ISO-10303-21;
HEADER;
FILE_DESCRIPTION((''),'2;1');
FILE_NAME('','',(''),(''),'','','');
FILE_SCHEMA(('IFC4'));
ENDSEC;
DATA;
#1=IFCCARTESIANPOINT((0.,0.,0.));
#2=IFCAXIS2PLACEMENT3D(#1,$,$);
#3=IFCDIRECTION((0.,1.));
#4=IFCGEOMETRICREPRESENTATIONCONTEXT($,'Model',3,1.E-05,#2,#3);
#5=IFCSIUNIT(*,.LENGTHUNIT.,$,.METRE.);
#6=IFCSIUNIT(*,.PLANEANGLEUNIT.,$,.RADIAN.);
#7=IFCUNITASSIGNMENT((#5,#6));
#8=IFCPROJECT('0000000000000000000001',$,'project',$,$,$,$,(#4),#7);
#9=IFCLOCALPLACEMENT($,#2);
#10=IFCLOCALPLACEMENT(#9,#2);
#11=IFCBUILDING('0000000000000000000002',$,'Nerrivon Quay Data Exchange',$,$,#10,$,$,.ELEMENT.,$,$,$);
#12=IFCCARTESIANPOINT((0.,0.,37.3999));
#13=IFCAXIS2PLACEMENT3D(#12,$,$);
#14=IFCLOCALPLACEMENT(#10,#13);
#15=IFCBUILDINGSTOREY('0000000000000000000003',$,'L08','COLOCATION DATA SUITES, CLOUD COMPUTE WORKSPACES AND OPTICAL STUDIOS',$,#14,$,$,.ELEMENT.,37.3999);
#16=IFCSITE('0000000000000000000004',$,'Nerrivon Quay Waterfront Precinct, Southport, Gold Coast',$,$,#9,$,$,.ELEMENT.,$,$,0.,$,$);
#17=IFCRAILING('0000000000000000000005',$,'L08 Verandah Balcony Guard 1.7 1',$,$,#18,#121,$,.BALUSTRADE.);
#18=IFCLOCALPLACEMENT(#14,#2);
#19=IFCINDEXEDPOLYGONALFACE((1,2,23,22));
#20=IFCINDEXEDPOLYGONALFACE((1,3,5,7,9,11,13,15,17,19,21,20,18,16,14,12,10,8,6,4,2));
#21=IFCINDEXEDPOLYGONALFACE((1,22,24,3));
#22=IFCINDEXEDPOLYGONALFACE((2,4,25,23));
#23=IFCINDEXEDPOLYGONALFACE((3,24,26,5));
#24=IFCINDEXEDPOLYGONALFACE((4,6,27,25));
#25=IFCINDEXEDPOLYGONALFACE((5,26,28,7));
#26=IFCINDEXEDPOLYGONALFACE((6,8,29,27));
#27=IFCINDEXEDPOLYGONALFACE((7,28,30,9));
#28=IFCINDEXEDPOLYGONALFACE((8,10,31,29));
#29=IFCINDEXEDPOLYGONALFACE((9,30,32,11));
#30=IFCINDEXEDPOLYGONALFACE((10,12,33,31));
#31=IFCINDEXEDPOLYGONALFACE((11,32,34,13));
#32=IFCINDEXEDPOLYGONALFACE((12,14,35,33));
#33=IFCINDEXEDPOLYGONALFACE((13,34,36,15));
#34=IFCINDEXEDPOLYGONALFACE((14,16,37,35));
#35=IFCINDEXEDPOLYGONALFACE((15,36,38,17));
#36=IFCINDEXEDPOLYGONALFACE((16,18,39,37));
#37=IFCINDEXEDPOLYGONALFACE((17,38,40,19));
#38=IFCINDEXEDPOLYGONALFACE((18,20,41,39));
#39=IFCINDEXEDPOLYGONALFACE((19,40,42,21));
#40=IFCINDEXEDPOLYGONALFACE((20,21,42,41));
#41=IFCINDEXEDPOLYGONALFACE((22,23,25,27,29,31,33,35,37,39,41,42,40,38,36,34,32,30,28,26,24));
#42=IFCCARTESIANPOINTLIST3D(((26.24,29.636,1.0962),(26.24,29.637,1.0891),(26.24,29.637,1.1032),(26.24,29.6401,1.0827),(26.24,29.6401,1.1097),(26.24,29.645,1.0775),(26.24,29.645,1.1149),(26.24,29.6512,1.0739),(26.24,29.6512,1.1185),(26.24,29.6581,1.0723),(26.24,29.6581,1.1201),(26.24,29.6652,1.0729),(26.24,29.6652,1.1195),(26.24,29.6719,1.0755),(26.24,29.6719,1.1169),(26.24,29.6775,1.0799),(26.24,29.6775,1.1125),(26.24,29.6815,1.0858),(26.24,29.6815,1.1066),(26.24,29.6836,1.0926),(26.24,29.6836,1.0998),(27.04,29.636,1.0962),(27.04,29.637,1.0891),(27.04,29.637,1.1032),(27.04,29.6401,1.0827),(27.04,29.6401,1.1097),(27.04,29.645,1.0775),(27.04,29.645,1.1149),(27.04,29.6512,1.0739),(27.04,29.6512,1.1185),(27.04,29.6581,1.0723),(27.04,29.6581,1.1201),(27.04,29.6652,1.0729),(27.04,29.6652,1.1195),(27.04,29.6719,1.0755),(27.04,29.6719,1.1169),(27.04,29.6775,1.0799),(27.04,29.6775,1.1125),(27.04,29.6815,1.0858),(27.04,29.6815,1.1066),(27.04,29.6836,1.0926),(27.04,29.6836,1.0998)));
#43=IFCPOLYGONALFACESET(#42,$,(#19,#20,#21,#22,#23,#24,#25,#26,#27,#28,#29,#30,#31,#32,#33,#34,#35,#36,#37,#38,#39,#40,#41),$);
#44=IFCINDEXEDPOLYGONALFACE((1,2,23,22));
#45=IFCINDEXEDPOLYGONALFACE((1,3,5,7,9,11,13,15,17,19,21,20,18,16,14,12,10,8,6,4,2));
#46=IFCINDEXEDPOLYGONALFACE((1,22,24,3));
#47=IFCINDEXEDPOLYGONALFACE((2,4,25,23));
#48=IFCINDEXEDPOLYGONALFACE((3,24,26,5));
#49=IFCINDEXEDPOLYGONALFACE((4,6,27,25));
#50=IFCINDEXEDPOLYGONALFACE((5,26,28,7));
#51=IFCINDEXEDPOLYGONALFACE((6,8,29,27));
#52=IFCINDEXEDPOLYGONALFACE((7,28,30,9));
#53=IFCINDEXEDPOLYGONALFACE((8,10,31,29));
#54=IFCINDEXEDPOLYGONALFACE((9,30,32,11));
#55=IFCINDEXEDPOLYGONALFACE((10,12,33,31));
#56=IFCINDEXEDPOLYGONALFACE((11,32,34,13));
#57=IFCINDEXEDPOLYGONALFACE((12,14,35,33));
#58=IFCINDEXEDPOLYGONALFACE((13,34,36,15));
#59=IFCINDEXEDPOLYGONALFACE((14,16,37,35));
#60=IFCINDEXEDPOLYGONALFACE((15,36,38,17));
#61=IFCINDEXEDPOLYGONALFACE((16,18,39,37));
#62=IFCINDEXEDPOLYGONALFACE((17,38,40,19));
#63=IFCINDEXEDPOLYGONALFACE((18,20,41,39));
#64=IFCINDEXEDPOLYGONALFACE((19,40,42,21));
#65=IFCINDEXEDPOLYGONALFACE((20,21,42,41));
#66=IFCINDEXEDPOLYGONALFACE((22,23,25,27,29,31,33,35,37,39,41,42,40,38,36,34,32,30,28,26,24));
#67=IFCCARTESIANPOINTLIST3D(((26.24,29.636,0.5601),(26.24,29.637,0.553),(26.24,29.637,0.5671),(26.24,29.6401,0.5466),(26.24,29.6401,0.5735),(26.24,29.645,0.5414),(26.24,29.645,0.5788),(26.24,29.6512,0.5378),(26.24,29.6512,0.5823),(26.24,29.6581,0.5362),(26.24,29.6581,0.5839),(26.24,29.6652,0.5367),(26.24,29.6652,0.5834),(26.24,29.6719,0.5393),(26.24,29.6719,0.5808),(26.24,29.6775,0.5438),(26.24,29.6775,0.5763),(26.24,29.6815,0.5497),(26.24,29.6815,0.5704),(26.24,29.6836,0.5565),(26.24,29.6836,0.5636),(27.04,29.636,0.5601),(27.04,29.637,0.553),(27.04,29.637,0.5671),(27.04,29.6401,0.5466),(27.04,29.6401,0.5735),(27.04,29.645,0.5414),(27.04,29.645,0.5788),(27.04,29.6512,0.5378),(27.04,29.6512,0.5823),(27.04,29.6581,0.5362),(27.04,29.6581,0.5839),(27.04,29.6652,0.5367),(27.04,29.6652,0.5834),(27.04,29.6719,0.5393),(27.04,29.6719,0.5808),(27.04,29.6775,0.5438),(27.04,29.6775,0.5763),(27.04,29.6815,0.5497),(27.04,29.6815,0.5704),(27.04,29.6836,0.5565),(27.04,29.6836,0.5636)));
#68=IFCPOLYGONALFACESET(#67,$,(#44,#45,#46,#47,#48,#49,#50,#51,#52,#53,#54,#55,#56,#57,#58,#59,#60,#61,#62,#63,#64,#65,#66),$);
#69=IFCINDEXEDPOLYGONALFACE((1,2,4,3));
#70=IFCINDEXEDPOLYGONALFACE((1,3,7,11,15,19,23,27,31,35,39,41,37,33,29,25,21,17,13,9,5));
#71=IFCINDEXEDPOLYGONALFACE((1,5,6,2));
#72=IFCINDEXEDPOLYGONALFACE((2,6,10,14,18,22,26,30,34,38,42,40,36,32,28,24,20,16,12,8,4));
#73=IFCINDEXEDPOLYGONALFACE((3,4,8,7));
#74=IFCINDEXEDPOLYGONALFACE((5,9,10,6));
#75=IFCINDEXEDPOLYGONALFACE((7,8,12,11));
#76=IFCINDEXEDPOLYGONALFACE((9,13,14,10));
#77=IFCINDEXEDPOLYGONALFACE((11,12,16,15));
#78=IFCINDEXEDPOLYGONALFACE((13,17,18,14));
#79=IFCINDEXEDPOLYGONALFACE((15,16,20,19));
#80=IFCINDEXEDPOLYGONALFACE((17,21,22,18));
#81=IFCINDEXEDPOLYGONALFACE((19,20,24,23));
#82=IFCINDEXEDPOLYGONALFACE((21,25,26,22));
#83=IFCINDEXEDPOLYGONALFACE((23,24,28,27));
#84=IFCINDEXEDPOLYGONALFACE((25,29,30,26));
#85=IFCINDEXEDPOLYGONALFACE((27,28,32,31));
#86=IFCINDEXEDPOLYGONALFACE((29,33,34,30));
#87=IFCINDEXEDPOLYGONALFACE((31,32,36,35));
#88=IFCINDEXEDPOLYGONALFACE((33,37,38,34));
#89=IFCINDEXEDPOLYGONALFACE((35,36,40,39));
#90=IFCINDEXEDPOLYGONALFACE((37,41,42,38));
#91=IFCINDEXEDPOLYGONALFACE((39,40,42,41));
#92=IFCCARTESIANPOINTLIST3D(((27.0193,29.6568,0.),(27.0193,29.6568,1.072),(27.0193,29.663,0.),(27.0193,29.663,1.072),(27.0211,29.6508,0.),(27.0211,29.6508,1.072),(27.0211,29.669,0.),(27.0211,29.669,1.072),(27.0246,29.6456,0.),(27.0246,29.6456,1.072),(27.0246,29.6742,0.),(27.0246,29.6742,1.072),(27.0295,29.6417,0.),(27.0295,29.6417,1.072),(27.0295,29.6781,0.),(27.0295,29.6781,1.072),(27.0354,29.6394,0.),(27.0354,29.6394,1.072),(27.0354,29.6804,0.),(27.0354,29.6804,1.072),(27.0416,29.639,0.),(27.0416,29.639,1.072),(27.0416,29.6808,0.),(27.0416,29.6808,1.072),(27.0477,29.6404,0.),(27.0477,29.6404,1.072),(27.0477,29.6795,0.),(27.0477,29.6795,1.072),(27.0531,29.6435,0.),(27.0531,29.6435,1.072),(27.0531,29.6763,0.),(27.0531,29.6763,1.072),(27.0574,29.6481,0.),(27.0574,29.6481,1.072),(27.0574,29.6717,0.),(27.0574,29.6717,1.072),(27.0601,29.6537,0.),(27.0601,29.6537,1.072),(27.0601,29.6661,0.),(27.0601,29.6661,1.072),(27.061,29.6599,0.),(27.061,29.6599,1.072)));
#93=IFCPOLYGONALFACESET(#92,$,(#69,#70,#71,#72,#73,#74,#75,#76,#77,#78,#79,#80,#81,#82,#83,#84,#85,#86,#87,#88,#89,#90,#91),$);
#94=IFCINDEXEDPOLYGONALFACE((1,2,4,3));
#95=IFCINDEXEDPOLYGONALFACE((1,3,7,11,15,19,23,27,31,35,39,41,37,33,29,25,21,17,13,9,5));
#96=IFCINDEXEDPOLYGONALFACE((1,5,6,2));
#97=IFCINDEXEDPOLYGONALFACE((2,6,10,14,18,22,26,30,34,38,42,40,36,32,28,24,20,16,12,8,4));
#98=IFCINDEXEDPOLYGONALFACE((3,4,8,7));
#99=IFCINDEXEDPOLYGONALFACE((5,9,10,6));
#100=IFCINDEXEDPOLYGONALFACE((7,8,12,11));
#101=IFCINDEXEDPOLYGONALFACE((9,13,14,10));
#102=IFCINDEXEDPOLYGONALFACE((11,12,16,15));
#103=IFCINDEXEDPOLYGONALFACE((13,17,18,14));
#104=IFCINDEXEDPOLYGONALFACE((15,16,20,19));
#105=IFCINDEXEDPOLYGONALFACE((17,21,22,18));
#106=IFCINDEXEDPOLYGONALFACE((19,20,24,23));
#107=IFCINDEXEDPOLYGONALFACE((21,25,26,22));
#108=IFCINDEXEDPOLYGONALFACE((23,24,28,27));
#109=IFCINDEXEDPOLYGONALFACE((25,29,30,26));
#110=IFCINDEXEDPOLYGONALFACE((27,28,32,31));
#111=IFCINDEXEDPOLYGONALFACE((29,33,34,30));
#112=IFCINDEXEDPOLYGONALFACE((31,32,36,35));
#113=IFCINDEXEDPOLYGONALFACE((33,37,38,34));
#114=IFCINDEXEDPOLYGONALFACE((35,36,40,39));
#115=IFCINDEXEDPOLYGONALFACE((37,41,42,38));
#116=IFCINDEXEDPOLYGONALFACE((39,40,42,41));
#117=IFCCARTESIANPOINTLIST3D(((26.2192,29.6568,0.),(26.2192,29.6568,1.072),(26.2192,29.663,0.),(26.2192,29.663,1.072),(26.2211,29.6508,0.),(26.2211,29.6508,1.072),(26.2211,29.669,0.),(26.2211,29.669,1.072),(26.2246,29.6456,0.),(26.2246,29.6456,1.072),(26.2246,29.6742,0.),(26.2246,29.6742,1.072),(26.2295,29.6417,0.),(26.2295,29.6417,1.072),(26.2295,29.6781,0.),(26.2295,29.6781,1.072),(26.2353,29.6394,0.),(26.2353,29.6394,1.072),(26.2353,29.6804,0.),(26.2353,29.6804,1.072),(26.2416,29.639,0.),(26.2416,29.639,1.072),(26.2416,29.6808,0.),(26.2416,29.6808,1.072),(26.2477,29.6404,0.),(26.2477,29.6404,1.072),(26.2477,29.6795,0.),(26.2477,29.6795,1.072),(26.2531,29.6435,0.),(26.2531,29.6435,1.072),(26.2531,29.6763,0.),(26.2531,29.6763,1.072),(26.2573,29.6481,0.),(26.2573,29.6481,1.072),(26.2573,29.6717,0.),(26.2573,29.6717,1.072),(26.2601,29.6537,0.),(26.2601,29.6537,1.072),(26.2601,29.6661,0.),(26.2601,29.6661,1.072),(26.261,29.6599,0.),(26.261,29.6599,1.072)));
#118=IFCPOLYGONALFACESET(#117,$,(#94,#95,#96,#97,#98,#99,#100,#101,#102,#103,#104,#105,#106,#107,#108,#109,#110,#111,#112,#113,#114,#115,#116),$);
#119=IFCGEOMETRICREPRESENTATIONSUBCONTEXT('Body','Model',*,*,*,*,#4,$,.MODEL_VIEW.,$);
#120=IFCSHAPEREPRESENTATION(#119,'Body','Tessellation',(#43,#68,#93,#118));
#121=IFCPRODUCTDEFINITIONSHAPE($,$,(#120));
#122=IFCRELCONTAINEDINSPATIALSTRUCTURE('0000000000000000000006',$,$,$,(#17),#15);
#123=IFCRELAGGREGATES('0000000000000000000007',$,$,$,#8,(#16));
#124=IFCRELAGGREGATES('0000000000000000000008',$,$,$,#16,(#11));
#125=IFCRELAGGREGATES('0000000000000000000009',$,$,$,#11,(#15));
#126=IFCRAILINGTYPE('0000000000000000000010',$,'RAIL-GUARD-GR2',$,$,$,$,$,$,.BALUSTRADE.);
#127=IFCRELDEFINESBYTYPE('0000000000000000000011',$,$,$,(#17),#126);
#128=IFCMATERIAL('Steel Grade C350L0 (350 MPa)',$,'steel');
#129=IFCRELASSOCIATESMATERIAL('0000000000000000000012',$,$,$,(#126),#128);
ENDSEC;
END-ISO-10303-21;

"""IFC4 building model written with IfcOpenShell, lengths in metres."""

from ifc_helpers import new_model, si_unit, direction, frame, origin, origin_2d, place, context, subcontext, project, spatial, circle, extrude, material, type_object, element, save


model = new_model("IFC4")

# Units and contexts
model_context = context("Model", 3, precision=1e-05, world=origin(), true_north=direction((0.0, 1.0)))
body_context = subcontext(model_context, "Body", "Model", "MODEL_VIEW")
ifc_project = project(units=[si_unit("LENGTHUNIT", "METRE"), si_unit("PLANEANGLEUNIT", "RADIAN")], contexts=[model_context])

# Site, building, storey
site_placement = place(None, origin())
site = spatial("IfcSite", under=ifc_project, at=site_placement, Name="Nerrivon Quay Waterfront Precinct, Southport, Gold Coast", CompositionType="ELEMENT", RefElevation=0.0)
building_placement = place(site_placement, origin())
building = spatial("IfcBuilding", under=site, at=building_placement, Name="Nerrivon Quay Data Exchange", CompositionType="ELEMENT")
storey_placement = place(building_placement, frame((0.0, 0.0, 37.3999)))
storey = spatial("IfcBuildingStorey", under=building, at=storey_placement, Name="L08", Description="COLOCATION DATA SUITES, CLOUD COMPUTE WORKSPACES AND OPTICAL STUDIOS", CompositionType="ELEMENT", Elevation=37.3999)

# Railing
ifc_material_1 = material(Name="Steel Grade C350L0 (350 MPa)", Category="steel")
railing_type = type_object("IfcRailingType", Name="RAIL-GUARD-GR2", PredefinedType="BALUSTRADE", material=ifc_material_1)
railing_1_placement = place(storey_placement, frame((27.04, 29.6599, 0.0)))
element("IfcRailing", 1, at=railing_1_placement, inside=storey, type_object=railing_type, Name="L08 Verandah Balcony Guard 1.7 1", PredefinedType="BALUSTRADE", context=body_context, shape_type="SweptSolid", body=[
    extrude(circle(Radius=0.0239, at=origin_2d()), frame((0.0, 0.0, 1.0962), z_axis=(-1.0, 0.0, 0.0), x_axis=(0.0, -1.0, 0.0)), (0.0, 0.0, 1.0), 0.8),
    extrude(circle(Radius=0.0239, at=origin_2d()), frame((0.0, 0.0, 0.5601), z_axis=(-1.0, 0.0, 0.0), x_axis=(0.0, -1.0, 0.0)), (0.0, 0.0, 1.0), 0.8),
    extrude(circle(Radius=0.021, at=origin_2d()), origin(), (0.0, 0.0, 1.0), 1.072),
    extrude(circle(Radius=0.021, at=origin_2d()), frame((-0.8, 0.0, 0.0)), (0.0, 0.0, 1.0), 1.072),
])

save(model, "model.ifc")
